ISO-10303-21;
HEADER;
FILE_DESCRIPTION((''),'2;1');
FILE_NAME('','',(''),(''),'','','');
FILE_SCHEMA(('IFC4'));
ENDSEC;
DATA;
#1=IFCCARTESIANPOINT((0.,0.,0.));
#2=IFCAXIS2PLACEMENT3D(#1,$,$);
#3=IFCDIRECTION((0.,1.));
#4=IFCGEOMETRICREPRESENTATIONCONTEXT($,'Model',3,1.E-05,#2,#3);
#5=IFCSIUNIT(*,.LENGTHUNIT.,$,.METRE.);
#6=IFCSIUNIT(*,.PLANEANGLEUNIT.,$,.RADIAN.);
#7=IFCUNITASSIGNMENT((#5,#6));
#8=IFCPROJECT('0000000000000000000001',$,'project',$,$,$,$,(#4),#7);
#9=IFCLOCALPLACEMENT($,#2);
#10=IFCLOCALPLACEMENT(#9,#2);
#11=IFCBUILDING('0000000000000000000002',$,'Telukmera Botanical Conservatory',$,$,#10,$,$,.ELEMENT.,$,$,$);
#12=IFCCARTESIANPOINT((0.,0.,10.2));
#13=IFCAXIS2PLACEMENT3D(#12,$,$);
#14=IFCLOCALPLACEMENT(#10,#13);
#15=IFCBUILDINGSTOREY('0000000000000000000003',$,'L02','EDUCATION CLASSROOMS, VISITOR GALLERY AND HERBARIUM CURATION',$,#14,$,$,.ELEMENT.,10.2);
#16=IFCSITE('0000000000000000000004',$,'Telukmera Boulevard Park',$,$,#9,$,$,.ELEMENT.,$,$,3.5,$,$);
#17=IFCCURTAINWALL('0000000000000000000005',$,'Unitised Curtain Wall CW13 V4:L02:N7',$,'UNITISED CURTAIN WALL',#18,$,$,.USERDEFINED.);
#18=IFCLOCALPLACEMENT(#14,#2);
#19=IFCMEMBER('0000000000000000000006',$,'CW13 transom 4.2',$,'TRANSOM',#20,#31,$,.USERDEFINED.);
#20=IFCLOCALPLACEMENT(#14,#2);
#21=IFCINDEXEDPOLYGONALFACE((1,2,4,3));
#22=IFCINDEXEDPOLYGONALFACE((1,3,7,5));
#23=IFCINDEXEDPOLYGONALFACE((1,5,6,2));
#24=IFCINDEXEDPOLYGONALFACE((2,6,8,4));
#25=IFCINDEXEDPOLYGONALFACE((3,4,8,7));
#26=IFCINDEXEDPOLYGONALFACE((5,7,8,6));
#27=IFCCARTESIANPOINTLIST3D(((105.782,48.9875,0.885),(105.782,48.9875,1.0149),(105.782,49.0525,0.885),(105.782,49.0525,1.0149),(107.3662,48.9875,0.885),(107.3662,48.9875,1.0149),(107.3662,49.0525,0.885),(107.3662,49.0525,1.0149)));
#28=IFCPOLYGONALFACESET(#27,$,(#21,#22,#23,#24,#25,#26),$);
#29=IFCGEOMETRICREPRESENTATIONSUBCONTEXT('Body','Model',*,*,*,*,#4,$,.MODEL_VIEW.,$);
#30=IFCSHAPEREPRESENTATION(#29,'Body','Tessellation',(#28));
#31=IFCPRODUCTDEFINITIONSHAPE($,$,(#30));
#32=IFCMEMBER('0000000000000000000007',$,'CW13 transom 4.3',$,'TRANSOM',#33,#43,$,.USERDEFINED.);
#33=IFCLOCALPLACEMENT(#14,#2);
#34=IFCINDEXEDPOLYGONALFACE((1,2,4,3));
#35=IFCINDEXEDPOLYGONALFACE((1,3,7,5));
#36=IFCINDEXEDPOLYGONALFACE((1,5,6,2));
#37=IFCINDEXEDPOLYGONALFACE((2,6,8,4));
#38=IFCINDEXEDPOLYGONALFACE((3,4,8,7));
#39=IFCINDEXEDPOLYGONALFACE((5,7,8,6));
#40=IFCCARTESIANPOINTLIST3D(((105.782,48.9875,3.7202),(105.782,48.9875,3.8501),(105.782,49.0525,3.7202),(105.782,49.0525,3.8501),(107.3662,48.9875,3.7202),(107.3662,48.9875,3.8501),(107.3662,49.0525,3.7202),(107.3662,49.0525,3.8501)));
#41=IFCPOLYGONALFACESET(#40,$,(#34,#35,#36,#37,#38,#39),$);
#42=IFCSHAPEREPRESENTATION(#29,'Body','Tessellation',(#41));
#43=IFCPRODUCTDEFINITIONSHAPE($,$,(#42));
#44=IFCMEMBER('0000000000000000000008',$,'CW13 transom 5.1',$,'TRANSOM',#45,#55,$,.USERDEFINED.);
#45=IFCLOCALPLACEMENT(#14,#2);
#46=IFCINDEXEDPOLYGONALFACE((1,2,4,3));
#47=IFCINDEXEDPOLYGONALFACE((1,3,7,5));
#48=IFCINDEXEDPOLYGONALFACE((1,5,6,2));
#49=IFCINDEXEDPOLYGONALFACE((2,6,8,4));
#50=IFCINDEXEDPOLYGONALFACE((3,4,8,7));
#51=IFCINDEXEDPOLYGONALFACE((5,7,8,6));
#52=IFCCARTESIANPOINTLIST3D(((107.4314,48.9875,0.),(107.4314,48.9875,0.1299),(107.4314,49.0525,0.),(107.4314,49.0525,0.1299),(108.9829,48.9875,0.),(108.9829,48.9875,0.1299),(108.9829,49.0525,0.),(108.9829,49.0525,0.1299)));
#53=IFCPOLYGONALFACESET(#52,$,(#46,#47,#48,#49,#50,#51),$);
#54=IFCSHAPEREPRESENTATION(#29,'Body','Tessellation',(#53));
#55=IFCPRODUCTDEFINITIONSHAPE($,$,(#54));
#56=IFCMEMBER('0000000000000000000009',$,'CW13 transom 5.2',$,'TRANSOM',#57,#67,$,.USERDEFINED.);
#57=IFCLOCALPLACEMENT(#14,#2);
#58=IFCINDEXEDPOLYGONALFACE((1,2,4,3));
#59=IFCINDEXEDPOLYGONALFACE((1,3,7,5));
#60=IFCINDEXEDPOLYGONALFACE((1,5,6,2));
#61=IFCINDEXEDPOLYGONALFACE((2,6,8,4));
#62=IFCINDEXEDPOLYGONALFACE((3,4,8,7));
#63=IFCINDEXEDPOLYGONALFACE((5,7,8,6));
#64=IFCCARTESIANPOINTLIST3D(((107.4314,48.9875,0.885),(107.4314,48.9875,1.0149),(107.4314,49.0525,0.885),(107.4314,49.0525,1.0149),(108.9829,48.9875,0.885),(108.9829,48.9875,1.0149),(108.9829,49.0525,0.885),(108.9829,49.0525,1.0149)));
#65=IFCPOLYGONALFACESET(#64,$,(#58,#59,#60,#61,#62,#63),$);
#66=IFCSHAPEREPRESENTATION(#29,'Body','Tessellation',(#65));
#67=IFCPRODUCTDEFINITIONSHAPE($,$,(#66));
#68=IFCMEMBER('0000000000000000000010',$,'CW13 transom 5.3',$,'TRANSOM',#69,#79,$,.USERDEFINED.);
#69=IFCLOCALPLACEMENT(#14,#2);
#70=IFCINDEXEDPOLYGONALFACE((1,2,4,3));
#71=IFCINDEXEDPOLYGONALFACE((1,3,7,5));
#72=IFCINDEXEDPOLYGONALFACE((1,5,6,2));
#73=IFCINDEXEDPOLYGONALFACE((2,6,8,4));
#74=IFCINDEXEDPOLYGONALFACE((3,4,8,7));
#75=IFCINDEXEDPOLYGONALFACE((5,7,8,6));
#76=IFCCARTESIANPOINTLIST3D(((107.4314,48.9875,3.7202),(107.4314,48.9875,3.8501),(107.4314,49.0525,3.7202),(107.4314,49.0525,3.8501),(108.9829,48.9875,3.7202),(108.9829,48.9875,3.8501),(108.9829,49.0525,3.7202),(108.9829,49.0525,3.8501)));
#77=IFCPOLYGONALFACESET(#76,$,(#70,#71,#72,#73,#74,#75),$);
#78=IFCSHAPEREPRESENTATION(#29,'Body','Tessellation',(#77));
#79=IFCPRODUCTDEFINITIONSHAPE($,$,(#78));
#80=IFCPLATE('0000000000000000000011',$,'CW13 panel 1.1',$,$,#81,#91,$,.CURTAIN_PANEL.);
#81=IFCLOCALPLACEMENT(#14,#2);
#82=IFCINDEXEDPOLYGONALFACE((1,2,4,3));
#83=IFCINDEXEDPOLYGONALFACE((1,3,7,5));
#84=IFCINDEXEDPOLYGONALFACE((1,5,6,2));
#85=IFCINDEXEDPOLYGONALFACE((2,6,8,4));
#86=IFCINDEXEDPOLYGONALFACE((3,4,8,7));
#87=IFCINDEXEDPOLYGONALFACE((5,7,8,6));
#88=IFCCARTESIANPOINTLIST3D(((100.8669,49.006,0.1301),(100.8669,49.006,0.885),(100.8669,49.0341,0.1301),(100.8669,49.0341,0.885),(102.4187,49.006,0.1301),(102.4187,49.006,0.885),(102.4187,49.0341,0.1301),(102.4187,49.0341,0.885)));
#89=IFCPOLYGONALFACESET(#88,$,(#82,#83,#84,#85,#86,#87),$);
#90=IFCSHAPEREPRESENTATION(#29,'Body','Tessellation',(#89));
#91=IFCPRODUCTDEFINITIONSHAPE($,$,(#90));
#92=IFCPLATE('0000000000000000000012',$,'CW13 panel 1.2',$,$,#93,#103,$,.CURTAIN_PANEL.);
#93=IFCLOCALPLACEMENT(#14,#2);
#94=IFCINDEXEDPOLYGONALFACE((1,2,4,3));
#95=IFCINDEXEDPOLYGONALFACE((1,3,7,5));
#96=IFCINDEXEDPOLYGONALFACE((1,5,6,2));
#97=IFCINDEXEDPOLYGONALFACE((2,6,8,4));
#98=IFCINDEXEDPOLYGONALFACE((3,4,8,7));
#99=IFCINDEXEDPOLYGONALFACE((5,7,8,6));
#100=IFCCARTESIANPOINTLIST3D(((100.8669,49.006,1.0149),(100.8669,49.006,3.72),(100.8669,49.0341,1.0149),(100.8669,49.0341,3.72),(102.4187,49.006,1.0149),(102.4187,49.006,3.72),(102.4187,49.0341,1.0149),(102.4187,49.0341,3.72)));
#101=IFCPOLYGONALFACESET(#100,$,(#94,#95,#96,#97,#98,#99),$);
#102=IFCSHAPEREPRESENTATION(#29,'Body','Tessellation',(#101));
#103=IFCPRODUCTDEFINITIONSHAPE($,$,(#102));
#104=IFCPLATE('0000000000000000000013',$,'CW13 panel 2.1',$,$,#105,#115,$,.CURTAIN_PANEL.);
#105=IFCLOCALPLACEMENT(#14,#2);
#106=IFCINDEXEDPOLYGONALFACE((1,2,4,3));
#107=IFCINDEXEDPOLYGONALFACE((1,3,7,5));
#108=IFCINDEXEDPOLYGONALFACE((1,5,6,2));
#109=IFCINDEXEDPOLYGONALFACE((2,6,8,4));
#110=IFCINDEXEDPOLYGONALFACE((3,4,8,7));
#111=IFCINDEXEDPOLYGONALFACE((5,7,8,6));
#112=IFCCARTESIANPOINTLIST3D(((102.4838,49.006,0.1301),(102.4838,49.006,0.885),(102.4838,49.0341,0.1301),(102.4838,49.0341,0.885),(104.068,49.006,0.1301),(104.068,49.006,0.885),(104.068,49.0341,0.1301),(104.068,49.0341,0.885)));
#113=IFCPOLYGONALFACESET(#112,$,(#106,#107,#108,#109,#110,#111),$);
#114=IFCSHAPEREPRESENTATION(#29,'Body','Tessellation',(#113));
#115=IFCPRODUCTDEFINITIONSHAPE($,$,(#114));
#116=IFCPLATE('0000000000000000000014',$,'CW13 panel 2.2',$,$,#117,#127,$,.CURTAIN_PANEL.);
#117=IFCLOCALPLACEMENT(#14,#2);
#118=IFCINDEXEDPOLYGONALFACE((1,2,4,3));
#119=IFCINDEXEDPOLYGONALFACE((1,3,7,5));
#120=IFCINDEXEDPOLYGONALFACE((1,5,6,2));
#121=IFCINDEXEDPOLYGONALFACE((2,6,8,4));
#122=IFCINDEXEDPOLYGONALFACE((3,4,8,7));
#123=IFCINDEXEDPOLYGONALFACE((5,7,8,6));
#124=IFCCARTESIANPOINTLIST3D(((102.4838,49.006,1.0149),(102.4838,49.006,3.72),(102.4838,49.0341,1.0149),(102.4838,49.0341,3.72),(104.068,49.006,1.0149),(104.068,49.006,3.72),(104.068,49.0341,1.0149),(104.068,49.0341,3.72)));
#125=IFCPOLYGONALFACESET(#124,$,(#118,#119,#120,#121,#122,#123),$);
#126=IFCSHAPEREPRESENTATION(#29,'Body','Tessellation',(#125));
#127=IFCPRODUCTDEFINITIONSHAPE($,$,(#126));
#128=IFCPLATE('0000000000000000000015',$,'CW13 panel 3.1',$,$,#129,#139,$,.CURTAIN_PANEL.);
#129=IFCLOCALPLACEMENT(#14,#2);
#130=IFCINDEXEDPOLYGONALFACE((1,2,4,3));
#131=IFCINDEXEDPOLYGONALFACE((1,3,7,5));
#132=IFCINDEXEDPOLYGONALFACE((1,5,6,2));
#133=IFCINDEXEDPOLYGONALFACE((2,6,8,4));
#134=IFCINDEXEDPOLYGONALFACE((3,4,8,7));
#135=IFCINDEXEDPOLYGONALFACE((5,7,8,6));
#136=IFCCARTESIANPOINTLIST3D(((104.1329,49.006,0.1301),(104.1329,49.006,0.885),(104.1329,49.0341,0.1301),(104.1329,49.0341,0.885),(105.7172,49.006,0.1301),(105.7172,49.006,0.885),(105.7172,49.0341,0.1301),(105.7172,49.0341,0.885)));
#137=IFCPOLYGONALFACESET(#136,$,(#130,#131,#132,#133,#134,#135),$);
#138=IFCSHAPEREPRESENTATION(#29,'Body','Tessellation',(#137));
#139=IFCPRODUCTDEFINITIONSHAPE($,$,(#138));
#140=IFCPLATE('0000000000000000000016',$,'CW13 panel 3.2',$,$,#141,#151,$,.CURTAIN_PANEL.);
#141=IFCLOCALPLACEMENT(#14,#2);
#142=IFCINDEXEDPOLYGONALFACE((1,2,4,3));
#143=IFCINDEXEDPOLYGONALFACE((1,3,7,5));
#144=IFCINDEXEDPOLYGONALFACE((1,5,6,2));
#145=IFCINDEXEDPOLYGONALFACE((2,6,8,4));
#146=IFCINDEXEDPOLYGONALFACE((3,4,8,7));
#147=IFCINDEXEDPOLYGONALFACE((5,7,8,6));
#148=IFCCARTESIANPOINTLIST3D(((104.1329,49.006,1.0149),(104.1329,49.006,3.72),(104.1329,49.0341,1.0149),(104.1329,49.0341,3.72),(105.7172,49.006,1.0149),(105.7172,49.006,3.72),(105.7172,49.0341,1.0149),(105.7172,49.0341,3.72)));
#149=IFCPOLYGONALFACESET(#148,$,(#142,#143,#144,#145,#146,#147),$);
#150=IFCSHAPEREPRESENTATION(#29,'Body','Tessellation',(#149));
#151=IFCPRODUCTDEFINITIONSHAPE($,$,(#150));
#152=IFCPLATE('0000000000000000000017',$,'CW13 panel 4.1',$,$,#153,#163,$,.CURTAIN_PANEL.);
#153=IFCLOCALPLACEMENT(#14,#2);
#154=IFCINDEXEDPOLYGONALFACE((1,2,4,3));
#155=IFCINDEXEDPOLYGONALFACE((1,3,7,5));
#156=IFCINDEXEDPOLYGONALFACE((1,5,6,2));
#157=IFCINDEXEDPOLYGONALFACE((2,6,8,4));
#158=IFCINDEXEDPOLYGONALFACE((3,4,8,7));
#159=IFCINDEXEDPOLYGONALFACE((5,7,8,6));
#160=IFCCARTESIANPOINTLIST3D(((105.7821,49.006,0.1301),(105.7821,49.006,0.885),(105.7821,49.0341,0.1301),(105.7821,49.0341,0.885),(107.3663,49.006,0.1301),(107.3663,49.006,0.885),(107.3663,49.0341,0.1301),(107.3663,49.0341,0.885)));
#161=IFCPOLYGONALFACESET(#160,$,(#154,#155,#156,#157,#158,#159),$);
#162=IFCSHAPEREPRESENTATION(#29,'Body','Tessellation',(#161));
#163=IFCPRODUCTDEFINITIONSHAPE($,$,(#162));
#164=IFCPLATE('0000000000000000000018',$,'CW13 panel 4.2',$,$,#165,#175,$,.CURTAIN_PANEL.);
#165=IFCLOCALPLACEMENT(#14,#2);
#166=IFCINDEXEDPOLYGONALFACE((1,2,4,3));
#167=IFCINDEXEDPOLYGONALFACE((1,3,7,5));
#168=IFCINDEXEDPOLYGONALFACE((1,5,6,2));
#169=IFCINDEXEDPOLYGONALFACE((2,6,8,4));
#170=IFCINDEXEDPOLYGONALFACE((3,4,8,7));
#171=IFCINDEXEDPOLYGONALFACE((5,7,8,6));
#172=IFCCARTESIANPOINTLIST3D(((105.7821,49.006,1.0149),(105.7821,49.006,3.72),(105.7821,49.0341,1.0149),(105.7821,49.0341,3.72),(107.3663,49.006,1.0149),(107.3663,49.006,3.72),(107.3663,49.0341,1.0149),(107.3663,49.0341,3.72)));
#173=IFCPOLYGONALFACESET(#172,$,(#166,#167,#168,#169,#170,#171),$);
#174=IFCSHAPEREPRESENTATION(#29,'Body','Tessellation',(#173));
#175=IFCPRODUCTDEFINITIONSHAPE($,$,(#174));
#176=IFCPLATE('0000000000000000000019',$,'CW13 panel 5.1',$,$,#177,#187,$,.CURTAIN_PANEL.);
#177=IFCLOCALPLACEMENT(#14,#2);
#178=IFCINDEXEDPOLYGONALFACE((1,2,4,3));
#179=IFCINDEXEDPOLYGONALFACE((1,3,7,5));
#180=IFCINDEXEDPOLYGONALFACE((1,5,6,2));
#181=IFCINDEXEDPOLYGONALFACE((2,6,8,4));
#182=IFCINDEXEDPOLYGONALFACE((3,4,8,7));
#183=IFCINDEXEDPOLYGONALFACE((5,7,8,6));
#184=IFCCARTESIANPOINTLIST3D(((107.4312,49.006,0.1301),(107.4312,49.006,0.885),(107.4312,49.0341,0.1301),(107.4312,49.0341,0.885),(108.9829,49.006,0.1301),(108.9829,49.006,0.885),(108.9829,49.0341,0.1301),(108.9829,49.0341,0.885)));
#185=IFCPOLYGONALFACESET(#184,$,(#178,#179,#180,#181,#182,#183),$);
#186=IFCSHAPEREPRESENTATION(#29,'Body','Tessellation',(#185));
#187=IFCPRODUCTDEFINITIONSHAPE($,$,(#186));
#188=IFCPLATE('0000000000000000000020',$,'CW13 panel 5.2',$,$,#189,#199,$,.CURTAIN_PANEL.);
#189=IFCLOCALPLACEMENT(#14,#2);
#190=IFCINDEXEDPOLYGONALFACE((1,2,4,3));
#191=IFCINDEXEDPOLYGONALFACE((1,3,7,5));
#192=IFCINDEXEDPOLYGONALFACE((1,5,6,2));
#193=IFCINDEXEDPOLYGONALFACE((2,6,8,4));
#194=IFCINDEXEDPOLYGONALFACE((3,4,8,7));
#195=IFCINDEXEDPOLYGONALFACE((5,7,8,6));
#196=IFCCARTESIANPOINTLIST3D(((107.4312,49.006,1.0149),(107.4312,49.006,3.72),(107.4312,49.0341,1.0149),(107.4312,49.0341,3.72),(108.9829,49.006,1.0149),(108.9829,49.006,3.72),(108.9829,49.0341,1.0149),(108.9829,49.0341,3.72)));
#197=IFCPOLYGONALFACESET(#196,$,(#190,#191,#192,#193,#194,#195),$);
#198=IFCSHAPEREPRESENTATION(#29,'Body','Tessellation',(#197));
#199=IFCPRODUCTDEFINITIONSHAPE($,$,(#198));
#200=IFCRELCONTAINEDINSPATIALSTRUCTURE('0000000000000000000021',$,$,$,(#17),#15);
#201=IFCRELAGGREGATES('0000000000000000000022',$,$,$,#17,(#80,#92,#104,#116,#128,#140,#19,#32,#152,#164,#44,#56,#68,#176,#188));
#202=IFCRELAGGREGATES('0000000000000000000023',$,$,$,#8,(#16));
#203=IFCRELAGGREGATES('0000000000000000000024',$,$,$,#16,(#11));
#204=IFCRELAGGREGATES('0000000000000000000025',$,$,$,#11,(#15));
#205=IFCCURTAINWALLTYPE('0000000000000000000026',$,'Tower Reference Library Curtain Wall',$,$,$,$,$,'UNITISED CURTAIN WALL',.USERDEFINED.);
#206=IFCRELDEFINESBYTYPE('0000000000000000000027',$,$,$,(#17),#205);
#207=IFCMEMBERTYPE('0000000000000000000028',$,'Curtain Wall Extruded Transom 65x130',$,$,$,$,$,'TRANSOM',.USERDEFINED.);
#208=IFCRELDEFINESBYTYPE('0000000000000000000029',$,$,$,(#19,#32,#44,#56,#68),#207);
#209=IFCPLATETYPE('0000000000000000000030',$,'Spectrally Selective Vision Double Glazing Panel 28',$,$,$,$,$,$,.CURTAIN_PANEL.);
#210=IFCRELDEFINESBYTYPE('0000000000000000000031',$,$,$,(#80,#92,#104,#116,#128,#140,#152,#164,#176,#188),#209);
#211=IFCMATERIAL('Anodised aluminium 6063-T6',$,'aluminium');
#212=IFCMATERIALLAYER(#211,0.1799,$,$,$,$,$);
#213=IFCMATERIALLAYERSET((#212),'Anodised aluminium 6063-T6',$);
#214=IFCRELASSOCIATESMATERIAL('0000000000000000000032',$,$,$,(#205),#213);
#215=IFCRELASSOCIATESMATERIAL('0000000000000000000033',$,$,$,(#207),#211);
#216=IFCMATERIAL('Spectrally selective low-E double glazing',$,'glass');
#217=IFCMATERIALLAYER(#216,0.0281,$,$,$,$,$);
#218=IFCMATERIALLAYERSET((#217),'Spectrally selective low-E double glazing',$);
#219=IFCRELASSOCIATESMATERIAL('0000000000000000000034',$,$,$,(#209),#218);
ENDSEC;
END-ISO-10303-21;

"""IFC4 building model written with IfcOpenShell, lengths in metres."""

from ifc_helpers import new_model, si_unit, direction, frame, origin, origin_2d, place, context, subcontext, project, spatial, rectangle, extrude, material, layer, layer_set, material_profile, profile_set, type_object, element, aggregate, save


model = new_model("IFC4")

# Units and contexts
model_context = context("Model", 3, precision=1e-05, world=origin(), true_north=direction((0.0, 1.0)))
body_context = subcontext(model_context, "Body", "Model", "MODEL_VIEW")
ifc_project = project(units=[si_unit("LENGTHUNIT", "METRE"), si_unit("PLANEANGLEUNIT", "RADIAN")], contexts=[model_context])

# Site, building, storey
site_placement = place(None, origin())
site = spatial("IfcSite", under=ifc_project, at=site_placement, Name="Telukmera Boulevard Park", CompositionType="ELEMENT", RefElevation=3.5)
building_placement = place(site_placement, origin())
building = spatial("IfcBuilding", under=site, at=building_placement, Name="Telukmera Botanical Conservatory", CompositionType="ELEMENT")
storey_placement = place(building_placement, frame((0.0, 0.0, 10.2)))
storey = spatial("IfcBuildingStorey", under=building, at=storey_placement, Name="L02", Description="EDUCATION CLASSROOMS, VISITOR GALLERY AND HERBARIUM CURATION", CompositionType="ELEMENT", Elevation=10.2)

# Curtain wall, members, plates
ifc_material_1 = material(Name="Anodised aluminium 6063-T6", Category="aluminium")
ifc_layer_1 = layer(ifc_material_1, 0.1799)
ifc_layer_set_1 = layer_set([ifc_layer_1], Name="Anodised aluminium 6063-T6")
curtain_wall_type = type_object("IfcCurtainWallType", Name="Tower Reference Library Curtain Wall", ElementType="UNITISED CURTAIN WALL", PredefinedType="USERDEFINED", material=ifc_layer_set_1)
curtain_wall_placement = place(storey_placement, origin())
curtain_wall = element("IfcCurtainWall", 1, at=curtain_wall_placement, inside=storey, type_object=curtain_wall_type, Name="Unitised Curtain Wall CW13 V4:L02:N7", ObjectType="UNITISED CURTAIN WALL", PredefinedType="USERDEFINED")
ifc_material_profile_1 = material_profile(ifc_material_1, rectangle(XDim=0.0649, YDim=0.1299, at=origin_2d()), Name="ALU TRAN 65x130")
ifc_profile_set_1 = profile_set([ifc_material_profile_1], Name="Anodised aluminium 6063-T6")
member_type_1 = type_object("IfcMemberType", Name="Curtain Wall Extruded Transom 65x130", ElementType="TRANSOM", PredefinedType="USERDEFINED", material=ifc_profile_set_1)
member_1_placement = place(storey_placement, frame((105.782, 49.02, 0.95), z_axis=(1.0, 0.0, 0.0), x_axis=(0.0, 1.0, 0.0)))
member_1 = element("IfcMember", 2, at=member_1_placement, type_object=member_type_1, Name="CW13 transom 4.2", ObjectType="TRANSOM", PredefinedType="USERDEFINED", context=body_context, shape_type="SweptSolid", body=[
    extrude(rectangle(XDim=0.0649, YDim=0.1299, at=origin_2d()), origin(), (0.0, 0.0, 1.0), 1.5842),
])
member_2_placement = place(storey_placement, frame((105.782, 49.02, 3.7852), z_axis=(1.0, 0.0, 0.0), x_axis=(0.0, 1.0, 0.0)))
member_2 = element("IfcMember", 3, at=member_2_placement, type_object=member_type_1, Name="CW13 transom 4.3", ObjectType="TRANSOM", PredefinedType="USERDEFINED", context=body_context, shape_type="SweptSolid", body=[
    extrude(rectangle(XDim=0.0649, YDim=0.1299, at=origin_2d()), origin(), (0.0, 0.0, 1.0), 1.5842),
])
member_3_placement = place(storey_placement, frame((107.4314, 49.02, 0.0649), z_axis=(1.0, 0.0, 0.0), x_axis=(0.0, 1.0, 0.0)))
member_3 = element("IfcMember", 4, at=member_3_placement, type_object=member_type_1, Name="CW13 transom 5.1", ObjectType="TRANSOM", PredefinedType="USERDEFINED", context=body_context, shape_type="SweptSolid", body=[
    extrude(rectangle(XDim=0.0649, YDim=0.1299, at=origin_2d()), origin(), (0.0, 0.0, 1.0), 1.5515),
])
member_4_placement = place(storey_placement, frame((107.4314, 49.02, 0.95), z_axis=(1.0, 0.0, 0.0), x_axis=(0.0, 1.0, 0.0)))
member_4 = element("IfcMember", 5, at=member_4_placement, type_object=member_type_1, Name="CW13 transom 5.2", ObjectType="TRANSOM", PredefinedType="USERDEFINED", context=body_context, shape_type="SweptSolid", body=[
    extrude(rectangle(XDim=0.0649, YDim=0.1299, at=origin_2d()), origin(), (0.0, 0.0, 1.0), 1.5515),
])
member_5_placement = place(storey_placement, frame((107.4314, 49.02, 3.7852), z_axis=(1.0, 0.0, 0.0), x_axis=(0.0, 1.0, 0.0)))
member_5 = element("IfcMember", 6, at=member_5_placement, type_object=member_type_1, Name="CW13 transom 5.3", ObjectType="TRANSOM", PredefinedType="USERDEFINED", context=body_context, shape_type="SweptSolid", body=[
    extrude(rectangle(XDim=0.0649, YDim=0.1299, at=origin_2d()), origin(), (0.0, 0.0, 1.0), 1.5515),
])
ifc_material_2 = material(Name="Spectrally selective low-E double glazing", Category="glass")
ifc_layer_2 = layer(ifc_material_2, 0.0281)
ifc_layer_set_2 = layer_set([ifc_layer_2], Name="Spectrally selective low-E double glazing")
plate_type = type_object("IfcPlateType", Name="Spectrally Selective Vision Double Glazing Panel 28", PredefinedType="CURTAIN_PANEL", material=ifc_layer_set_2)
plate_1_placement = place(storey_placement, frame((101.6428, 49.02, 0.1301), z_axis=(0.0, 0.0, 1.0), x_axis=(1.0, 0.0, 0.0)))
plate_1 = element("IfcPlate", 7, at=plate_1_placement, type_object=plate_type, Name="CW13 panel 1.1", PredefinedType="CURTAIN_PANEL", context=body_context, shape_type="SweptSolid", body=[
    extrude(rectangle(XDim=1.5518, YDim=0.0281, at=origin_2d()), origin(), (0.0, 0.0, 1.0), 0.7549),
])
plate_2_placement = place(storey_placement, frame((101.6428, 49.02, 1.0149), z_axis=(0.0, 0.0, 1.0), x_axis=(1.0, 0.0, 0.0)))
plate_2 = element("IfcPlate", 8, at=plate_2_placement, type_object=plate_type, Name="CW13 panel 1.2", PredefinedType="CURTAIN_PANEL", context=body_context, shape_type="SweptSolid", body=[
    extrude(rectangle(XDim=1.5518, YDim=0.0281, at=origin_2d()), origin(), (0.0, 0.0, 1.0), 2.7051),
])
plate_3_placement = place(storey_placement, frame((103.2759, 49.02, 0.1301), z_axis=(0.0, 0.0, 1.0), x_axis=(1.0, 0.0, 0.0)))
plate_3 = element("IfcPlate", 9, at=plate_3_placement, type_object=plate_type, Name="CW13 panel 2.1", PredefinedType="CURTAIN_PANEL", context=body_context, shape_type="SweptSolid", body=[
    extrude(rectangle(XDim=1.5842, YDim=0.0281, at=origin_2d()), origin(), (0.0, 0.0, 1.0), 0.7549),
])
plate_4_placement = place(storey_placement, frame((103.2759, 49.02, 1.0149), z_axis=(0.0, 0.0, 1.0), x_axis=(1.0, 0.0, 0.0)))
plate_4 = element("IfcPlate", 10, at=plate_4_placement, type_object=plate_type, Name="CW13 panel 2.2", PredefinedType="CURTAIN_PANEL", context=body_context, shape_type="SweptSolid", body=[
    extrude(rectangle(XDim=1.5842, YDim=0.0281, at=origin_2d()), origin(), (0.0, 0.0, 1.0), 2.7051),
])
plate_5_placement = place(storey_placement, frame((104.925, 49.02, 0.1301), z_axis=(0.0, 0.0, 1.0), x_axis=(1.0, 0.0, 0.0)))
plate_5 = element("IfcPlate", 11, at=plate_5_placement, type_object=plate_type, Name="CW13 panel 3.1", PredefinedType="CURTAIN_PANEL", context=body_context, shape_type="SweptSolid", body=[
    extrude(rectangle(XDim=1.5842, YDim=0.0281, at=origin_2d()), origin(), (0.0, 0.0, 1.0), 0.7549),
])
plate_6_placement = place(storey_placement, frame((104.925, 49.02, 1.0149), z_axis=(0.0, 0.0, 1.0), x_axis=(1.0, 0.0, 0.0)))
plate_6 = element("IfcPlate", 12, at=plate_6_placement, type_object=plate_type, Name="CW13 panel 3.2", PredefinedType="CURTAIN_PANEL", context=body_context, shape_type="SweptSolid", body=[
    extrude(rectangle(XDim=1.5842, YDim=0.0281, at=origin_2d()), origin(), (0.0, 0.0, 1.0), 2.7051),
])
plate_7_placement = place(storey_placement, frame((106.5742, 49.02, 0.1301), z_axis=(0.0, 0.0, 1.0), x_axis=(1.0, 0.0, 0.0)))
plate_7 = element("IfcPlate", 13, at=plate_7_placement, type_object=plate_type, Name="CW13 panel 4.1", PredefinedType="CURTAIN_PANEL", context=body_context, shape_type="SweptSolid", body=[
    extrude(rectangle(XDim=1.5842, YDim=0.0281, at=origin_2d()), origin(), (0.0, 0.0, 1.0), 0.7549),
])
plate_8_placement = place(storey_placement, frame((106.5742, 49.02, 1.0149), z_axis=(0.0, 0.0, 1.0), x_axis=(1.0, 0.0, 0.0)))
plate_8 = element("IfcPlate", 14, at=plate_8_placement, type_object=plate_type, Name="CW13 panel 4.2", PredefinedType="CURTAIN_PANEL", context=body_context, shape_type="SweptSolid", body=[
    extrude(rectangle(XDim=1.5842, YDim=0.0281, at=origin_2d()), origin(), (0.0, 0.0, 1.0), 2.7051),
])
plate_9_placement = place(storey_placement, frame((108.207, 49.02, 0.1301), z_axis=(0.0, 0.0, 1.0), x_axis=(1.0, 0.0, 0.0)))
plate_9 = element("IfcPlate", 15, at=plate_9_placement, type_object=plate_type, Name="CW13 panel 5.1", PredefinedType="CURTAIN_PANEL", context=body_context, shape_type="SweptSolid", body=[
    extrude(rectangle(XDim=1.5518, YDim=0.0281, at=origin_2d()), origin(), (0.0, 0.0, 1.0), 0.7549),
])
plate_10_placement = place(storey_placement, frame((108.207, 49.02, 1.0149), z_axis=(0.0, 0.0, 1.0), x_axis=(1.0, 0.0, 0.0)))
plate_10 = element("IfcPlate", 16, at=plate_10_placement, type_object=plate_type, Name="CW13 panel 5.2", PredefinedType="CURTAIN_PANEL", context=body_context, shape_type="SweptSolid", body=[
    extrude(rectangle(XDim=1.5518, YDim=0.0281, at=origin_2d()), origin(), (0.0, 0.0, 1.0), 2.7051),
])
aggregate(curtain_wall, [plate_1, plate_2, plate_3, plate_4, plate_5, plate_6, member_1, member_2, plate_7, plate_8, member_3, member_4, member_5, plate_9, plate_10])

save(model, "model.ifc")
